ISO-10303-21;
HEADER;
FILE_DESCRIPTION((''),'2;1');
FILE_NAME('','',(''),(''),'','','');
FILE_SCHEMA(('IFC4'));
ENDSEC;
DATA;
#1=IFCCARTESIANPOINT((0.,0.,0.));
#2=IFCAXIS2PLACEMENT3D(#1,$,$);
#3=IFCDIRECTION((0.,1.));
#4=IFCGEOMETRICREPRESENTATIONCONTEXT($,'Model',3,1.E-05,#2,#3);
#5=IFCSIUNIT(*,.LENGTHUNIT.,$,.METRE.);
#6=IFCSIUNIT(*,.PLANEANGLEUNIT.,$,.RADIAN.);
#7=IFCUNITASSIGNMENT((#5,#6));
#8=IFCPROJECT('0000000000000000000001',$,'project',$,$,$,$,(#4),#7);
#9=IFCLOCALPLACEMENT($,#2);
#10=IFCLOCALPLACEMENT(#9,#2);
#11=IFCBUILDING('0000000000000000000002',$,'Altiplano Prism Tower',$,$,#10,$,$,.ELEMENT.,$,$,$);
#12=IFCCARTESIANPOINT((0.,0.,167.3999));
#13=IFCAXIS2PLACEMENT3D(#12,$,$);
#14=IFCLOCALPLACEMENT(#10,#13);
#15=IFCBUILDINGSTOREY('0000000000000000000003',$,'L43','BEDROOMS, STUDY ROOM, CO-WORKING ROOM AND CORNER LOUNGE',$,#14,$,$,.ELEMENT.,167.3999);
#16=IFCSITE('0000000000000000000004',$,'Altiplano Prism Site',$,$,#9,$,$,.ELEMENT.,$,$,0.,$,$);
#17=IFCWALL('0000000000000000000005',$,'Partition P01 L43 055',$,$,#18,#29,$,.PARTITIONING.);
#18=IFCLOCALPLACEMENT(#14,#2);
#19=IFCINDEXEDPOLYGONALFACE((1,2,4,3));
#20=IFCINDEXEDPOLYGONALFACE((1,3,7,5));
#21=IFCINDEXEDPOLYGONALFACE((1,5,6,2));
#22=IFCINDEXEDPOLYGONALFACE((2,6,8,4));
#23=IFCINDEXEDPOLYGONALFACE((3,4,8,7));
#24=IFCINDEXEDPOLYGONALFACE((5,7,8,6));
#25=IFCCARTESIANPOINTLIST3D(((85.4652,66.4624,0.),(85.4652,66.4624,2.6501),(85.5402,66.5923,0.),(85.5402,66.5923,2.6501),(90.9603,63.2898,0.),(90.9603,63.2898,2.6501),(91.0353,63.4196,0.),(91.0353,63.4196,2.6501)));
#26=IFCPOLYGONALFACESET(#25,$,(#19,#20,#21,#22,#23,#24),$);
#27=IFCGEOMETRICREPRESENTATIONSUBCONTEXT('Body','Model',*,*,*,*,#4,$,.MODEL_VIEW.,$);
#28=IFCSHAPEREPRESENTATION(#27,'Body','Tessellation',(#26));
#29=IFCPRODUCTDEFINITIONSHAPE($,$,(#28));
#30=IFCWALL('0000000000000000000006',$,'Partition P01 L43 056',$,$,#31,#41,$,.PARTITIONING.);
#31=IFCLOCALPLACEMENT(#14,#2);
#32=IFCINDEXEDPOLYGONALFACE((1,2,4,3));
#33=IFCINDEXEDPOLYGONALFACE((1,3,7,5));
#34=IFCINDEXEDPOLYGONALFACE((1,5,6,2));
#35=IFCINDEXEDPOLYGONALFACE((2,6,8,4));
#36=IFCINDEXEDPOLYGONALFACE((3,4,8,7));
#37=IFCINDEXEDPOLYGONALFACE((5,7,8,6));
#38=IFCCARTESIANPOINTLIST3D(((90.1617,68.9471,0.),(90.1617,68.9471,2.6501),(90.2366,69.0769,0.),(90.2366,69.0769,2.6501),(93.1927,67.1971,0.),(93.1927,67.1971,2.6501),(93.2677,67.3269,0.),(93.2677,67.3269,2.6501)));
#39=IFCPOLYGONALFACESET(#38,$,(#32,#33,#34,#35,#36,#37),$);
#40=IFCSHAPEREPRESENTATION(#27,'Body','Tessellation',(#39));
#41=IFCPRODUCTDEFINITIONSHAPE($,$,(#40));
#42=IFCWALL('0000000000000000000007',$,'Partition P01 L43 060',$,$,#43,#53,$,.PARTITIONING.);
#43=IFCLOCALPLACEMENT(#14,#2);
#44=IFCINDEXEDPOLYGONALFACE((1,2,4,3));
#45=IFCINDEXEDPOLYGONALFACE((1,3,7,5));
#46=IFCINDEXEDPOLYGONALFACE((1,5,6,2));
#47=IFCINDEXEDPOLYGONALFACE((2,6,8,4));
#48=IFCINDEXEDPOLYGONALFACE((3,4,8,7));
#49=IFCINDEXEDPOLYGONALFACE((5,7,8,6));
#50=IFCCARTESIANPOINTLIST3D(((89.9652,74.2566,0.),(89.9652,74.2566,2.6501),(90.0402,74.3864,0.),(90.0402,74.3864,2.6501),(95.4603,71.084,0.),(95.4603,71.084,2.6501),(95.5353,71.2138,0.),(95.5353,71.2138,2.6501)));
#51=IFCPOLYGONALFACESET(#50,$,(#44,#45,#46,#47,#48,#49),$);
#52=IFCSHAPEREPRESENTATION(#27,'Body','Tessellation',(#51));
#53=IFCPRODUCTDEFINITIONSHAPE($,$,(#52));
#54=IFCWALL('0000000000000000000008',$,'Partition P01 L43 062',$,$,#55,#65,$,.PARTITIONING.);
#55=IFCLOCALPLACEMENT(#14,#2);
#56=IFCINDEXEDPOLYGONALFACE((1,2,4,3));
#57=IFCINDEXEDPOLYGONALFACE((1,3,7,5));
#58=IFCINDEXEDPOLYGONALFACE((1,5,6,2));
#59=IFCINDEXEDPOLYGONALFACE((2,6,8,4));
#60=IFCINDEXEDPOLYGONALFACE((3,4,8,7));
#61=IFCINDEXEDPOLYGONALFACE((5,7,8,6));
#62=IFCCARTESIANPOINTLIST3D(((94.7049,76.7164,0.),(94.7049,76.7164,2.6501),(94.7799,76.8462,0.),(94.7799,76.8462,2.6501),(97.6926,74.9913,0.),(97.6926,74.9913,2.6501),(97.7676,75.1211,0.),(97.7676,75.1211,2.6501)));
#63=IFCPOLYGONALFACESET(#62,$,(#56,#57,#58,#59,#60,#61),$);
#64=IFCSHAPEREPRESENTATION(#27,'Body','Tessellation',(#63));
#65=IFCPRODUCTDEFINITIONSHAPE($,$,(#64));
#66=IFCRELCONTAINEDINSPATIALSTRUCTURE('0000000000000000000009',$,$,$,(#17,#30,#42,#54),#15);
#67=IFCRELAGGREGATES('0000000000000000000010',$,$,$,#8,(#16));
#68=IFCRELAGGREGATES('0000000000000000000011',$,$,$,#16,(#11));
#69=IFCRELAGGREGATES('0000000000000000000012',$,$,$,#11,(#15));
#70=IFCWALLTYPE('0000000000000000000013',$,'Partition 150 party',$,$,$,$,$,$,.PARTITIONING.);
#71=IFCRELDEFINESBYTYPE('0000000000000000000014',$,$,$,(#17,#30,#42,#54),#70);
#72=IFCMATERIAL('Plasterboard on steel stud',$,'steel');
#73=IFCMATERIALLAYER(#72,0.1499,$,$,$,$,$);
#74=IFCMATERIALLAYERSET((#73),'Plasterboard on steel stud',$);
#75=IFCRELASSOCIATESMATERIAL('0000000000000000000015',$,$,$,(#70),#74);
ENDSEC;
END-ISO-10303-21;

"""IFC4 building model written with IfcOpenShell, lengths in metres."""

from ifc_helpers import new_model, si_unit, direction, frame, frame_2d, origin, place, context, subcontext, project, spatial, rectangle, extrude, material, layer, layer_set, type_object, element, save


model = new_model("IFC4")

# Units and contexts
model_context = context("Model", 3, precision=1e-05, world=origin(), true_north=direction((0.0, 1.0)))
body_context = subcontext(model_context, "Body", "Model", "MODEL_VIEW")
ifc_project = project(units=[si_unit("LENGTHUNIT", "METRE"), si_unit("PLANEANGLEUNIT", "RADIAN")], contexts=[model_context])

# Site, building, storey
site_placement = place(None, origin())
site = spatial("IfcSite", under=ifc_project, at=site_placement, Name="Altiplano Prism Site", CompositionType="ELEMENT", RefElevation=0.0)
building_placement = place(site_placement, origin())
building = spatial("IfcBuilding", under=site, at=building_placement, Name="Altiplano Prism Tower", CompositionType="ELEMENT")
storey_placement = place(building_placement, frame((0.0, 0.0, 167.3999)))
storey = spatial("IfcBuildingStorey", under=building, at=storey_placement, Name="L43", Description="BEDROOMS, STUDY ROOM, CO-WORKING ROOM AND CORNER LOUNGE", CompositionType="ELEMENT", Elevation=167.3999)

# Walls
ifc_material_1 = material(Name="Plasterboard on steel stud", Category="steel")
ifc_layer_1 = layer(ifc_material_1, 0.1499)
ifc_layer_set_1 = layer_set([ifc_layer_1], Name="Plasterboard on steel stud")
wall_type_1 = type_object("IfcWallType", Name="Partition 150 party", PredefinedType="PARTITIONING", material=ifc_layer_set_1)
wall_1_placement = place(storey_placement, frame((90.9978, 63.3547, 0.0), z_axis=(0.0, 0.0, 1.0), x_axis=(-0.866025, 0.5, 0.0)))
element("IfcWall", 1, at=wall_1_placement, inside=storey, type_object=wall_type_1, Name="Partition P01 L43 055", PredefinedType="PARTITIONING", context=body_context, shape_type="SweptSolid", body=[
    extrude(rectangle(XDim=6.3452, YDim=0.1499, at=frame_2d((3.1726, 0.0))), origin(), (0.0, 0.0, 1.0), 2.6501),
])
wall_2_placement = place(storey_placement, frame((93.2302, 67.262, 0.0), z_axis=(0.0, 0.0, 1.0), x_axis=(-0.866019, 0.50001, 0.0)))
element("IfcWall", 2, at=wall_2_placement, inside=storey, type_object=wall_type_1, Name="Partition P01 L43 056", PredefinedType="PARTITIONING", context=body_context, shape_type="SweptSolid", body=[
    extrude(rectangle(XDim=3.5, YDim=0.1499, at=frame_2d((1.75, 0.0))), origin(), (0.0, 0.0, 1.0), 2.6501),
])
wall_3_placement = place(storey_placement, frame((95.4978, 71.1489, 0.0), z_axis=(0.0, 0.0, 1.0), x_axis=(-0.866025, 0.5, 0.0)))
element("IfcWall", 3, at=wall_3_placement, inside=storey, type_object=wall_type_1, Name="Partition P01 L43 060", PredefinedType="PARTITIONING", context=body_context, shape_type="SweptSolid", body=[
    extrude(rectangle(XDim=6.3452, YDim=0.1499, at=frame_2d((3.1726, 0.0))), origin(), (0.0, 0.0, 1.0), 2.6501),
])
wall_4_placement = place(storey_placement, frame((97.7302, 75.0562, 0.0), z_axis=(0.0, 0.0, 1.0), x_axis=(-0.866014, 0.500021, 0.0)))
element("IfcWall", 4, at=wall_4_placement, inside=storey, type_object=wall_type_1, Name="Partition P01 L43 062", PredefinedType="PARTITIONING", context=body_context, shape_type="SweptSolid", body=[
    extrude(rectangle(XDim=3.45, YDim=0.1499, at=frame_2d((1.7251, 0.0))), origin(), (0.0, 0.0, 1.0), 2.6501),
])

save(model, "model.ifc")
